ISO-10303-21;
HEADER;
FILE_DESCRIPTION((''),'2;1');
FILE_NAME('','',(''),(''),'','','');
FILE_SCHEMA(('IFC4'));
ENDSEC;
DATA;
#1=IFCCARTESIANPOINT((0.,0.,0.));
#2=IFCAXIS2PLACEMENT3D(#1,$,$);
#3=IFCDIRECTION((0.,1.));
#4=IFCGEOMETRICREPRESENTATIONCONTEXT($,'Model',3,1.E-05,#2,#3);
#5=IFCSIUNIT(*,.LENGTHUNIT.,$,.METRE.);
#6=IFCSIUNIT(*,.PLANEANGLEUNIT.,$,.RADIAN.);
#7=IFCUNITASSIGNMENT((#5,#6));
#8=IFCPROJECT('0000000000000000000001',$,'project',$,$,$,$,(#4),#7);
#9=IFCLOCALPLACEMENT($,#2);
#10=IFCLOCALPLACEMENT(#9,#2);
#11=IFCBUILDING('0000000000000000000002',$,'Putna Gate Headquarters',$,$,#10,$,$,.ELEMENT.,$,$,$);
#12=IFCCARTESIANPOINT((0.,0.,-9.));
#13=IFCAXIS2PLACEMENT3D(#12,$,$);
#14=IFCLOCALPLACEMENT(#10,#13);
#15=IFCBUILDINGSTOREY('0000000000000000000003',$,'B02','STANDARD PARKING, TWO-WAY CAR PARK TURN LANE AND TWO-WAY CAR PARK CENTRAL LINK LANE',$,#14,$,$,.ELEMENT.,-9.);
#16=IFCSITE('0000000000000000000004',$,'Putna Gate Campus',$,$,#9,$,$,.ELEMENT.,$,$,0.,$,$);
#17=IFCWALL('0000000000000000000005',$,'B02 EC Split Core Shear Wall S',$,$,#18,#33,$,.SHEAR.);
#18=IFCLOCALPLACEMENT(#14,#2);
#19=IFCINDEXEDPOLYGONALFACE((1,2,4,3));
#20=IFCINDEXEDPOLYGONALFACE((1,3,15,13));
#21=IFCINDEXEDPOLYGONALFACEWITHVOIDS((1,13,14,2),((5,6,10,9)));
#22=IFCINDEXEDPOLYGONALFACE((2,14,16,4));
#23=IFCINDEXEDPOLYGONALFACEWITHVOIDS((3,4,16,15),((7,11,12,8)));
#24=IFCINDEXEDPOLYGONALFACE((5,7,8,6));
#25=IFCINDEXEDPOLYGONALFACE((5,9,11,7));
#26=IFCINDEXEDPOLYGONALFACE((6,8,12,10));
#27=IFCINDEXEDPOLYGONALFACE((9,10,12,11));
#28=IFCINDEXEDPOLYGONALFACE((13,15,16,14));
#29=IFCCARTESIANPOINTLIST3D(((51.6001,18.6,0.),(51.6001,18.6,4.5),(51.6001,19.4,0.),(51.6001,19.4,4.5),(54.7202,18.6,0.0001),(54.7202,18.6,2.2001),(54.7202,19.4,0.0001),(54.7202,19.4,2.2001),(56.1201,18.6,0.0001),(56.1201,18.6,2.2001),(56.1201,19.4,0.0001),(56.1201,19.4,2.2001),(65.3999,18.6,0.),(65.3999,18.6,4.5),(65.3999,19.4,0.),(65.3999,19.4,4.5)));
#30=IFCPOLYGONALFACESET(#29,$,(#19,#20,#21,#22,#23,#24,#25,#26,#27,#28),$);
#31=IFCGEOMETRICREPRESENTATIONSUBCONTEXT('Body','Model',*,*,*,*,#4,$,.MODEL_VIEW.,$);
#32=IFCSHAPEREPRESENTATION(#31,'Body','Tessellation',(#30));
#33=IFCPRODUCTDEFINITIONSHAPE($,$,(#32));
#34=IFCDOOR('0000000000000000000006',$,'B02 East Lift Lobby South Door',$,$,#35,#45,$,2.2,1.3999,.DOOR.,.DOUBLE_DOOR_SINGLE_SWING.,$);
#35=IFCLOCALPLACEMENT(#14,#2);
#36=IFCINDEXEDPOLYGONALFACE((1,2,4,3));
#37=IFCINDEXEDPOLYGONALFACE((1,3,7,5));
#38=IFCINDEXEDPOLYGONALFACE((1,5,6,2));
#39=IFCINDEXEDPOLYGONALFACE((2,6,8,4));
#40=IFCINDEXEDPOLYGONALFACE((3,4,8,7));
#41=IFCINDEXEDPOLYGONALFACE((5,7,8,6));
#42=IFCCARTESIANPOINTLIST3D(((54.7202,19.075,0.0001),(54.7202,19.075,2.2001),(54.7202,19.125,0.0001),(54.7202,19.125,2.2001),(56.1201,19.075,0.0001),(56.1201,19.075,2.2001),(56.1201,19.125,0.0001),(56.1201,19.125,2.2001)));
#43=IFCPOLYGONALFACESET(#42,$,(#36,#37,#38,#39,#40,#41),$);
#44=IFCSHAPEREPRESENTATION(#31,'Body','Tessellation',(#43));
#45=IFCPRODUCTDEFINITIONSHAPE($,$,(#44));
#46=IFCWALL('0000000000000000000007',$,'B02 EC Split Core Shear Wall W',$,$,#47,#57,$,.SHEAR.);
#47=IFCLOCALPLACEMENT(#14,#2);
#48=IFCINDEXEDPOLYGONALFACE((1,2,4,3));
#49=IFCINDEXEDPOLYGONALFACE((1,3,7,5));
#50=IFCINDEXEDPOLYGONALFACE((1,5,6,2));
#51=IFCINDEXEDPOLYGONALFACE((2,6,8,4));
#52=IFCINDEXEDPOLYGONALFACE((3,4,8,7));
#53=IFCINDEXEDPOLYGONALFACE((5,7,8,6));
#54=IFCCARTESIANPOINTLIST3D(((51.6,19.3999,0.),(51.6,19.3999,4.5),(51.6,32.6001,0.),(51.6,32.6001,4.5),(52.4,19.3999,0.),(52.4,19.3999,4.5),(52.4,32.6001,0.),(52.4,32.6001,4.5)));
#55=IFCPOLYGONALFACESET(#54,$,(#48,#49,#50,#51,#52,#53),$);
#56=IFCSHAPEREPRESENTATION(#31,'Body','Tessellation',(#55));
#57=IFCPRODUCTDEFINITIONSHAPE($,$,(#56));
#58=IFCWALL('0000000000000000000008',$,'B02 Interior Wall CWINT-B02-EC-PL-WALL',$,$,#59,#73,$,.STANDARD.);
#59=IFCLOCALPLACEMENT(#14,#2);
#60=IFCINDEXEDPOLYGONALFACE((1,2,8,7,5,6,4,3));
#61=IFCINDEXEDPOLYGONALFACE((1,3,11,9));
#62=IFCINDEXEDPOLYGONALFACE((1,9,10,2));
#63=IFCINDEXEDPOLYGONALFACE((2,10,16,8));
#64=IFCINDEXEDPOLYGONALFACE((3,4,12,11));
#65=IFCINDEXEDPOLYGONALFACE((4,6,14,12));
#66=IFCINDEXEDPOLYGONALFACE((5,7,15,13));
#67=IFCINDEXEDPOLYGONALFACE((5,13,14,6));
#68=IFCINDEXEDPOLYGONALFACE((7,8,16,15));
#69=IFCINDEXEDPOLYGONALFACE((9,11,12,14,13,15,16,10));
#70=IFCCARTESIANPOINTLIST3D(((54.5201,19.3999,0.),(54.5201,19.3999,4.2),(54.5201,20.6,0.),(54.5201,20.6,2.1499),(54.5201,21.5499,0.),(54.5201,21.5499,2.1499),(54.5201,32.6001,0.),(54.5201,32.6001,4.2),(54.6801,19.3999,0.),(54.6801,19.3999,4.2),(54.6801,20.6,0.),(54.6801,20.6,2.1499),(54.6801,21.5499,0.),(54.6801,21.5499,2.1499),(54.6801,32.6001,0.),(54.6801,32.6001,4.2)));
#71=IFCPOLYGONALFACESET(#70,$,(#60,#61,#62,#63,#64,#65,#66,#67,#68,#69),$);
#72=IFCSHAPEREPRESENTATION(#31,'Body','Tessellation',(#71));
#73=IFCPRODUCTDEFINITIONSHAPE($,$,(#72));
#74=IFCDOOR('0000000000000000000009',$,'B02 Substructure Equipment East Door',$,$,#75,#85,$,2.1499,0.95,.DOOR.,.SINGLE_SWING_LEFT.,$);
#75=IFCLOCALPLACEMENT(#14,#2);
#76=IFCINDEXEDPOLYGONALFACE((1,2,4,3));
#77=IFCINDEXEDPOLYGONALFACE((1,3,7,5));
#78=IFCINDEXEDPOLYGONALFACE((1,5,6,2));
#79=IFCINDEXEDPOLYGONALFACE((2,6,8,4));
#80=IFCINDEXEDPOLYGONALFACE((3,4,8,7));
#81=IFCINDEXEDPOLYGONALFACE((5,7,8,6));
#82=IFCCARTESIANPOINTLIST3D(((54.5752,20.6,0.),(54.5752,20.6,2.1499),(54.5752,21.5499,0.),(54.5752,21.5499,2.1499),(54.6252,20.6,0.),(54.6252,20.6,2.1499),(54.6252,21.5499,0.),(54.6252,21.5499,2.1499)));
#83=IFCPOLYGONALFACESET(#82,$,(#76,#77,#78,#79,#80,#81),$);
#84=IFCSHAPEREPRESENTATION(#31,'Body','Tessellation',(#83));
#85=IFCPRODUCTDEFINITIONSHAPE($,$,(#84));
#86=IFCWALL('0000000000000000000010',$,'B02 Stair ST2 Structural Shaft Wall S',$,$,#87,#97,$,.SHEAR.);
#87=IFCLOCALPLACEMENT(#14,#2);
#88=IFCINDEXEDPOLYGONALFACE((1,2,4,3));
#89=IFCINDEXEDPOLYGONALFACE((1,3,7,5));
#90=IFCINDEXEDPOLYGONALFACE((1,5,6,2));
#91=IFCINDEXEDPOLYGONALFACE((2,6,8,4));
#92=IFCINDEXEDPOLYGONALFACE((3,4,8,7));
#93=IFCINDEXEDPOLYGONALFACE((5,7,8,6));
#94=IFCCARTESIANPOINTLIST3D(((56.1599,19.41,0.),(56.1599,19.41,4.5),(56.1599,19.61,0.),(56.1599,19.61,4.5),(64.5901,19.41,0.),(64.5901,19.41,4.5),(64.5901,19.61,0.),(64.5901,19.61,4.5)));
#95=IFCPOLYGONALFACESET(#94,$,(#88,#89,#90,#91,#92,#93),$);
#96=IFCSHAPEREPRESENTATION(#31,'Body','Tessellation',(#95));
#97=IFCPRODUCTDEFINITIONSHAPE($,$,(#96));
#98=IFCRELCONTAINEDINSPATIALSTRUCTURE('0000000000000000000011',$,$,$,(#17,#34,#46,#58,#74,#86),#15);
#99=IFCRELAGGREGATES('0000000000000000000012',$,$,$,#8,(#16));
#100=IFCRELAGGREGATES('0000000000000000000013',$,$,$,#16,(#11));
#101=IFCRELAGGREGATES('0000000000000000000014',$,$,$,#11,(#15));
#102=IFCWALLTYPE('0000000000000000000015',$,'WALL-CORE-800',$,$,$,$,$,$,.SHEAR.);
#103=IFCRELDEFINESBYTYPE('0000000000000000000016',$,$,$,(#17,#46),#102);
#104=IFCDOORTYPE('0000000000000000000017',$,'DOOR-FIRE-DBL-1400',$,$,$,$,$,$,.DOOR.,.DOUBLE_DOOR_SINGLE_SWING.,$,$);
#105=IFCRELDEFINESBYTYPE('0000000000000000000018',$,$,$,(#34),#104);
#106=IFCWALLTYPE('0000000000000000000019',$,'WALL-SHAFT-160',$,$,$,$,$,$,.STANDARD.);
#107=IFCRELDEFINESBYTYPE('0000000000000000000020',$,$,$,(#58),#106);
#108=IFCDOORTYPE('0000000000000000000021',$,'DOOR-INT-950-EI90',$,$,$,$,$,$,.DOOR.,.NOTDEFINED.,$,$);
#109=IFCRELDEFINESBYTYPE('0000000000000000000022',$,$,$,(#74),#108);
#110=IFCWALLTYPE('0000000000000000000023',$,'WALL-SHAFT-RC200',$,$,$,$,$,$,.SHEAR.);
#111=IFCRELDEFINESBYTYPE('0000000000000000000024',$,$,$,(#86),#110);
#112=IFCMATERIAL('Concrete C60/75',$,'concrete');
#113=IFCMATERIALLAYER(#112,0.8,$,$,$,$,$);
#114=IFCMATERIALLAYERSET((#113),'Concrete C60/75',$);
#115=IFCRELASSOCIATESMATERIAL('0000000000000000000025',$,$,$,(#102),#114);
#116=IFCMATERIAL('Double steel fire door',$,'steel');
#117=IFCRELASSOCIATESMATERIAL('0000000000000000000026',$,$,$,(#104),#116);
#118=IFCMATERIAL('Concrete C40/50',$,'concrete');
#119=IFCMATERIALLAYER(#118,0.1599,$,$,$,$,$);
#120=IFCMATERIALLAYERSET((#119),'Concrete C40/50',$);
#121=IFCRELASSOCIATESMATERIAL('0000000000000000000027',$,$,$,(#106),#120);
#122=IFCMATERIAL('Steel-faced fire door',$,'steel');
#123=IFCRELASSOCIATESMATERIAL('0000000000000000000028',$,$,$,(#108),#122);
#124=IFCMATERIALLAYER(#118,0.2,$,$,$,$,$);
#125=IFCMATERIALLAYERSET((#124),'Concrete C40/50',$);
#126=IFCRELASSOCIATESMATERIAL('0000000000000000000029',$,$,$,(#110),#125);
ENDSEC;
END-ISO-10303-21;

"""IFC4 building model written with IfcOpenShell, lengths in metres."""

from ifc_helpers import new_model, si_unit, direction, frame, frame_2d, origin, place, context, subcontext, project, spatial, rectangle, extrude, material, layer, layer_set, type_object, element, fill, save


model = new_model("IFC4")

# Units and contexts
model_context = context("Model", 3, precision=1e-05, world=origin(), true_north=direction((0.0, 1.0)))
body_context = subcontext(model_context, "Body", "Model", "MODEL_VIEW")
ifc_project = project(units=[si_unit("LENGTHUNIT", "METRE"), si_unit("PLANEANGLEUNIT", "RADIAN")], contexts=[model_context])

# Site, building, storey
site_placement = place(None, origin())
site = spatial("IfcSite", under=ifc_project, at=site_placement, Name="Putna Gate Campus", CompositionType="ELEMENT", RefElevation=0.0)
building_placement = place(site_placement, origin())
building = spatial("IfcBuilding", under=site, at=building_placement, Name="Putna Gate Headquarters", CompositionType="ELEMENT")
storey_placement = place(building_placement, frame((0.0, 0.0, -9.0)))
storey = spatial("IfcBuildingStorey", under=building, at=storey_placement, Name="B02", Description="STANDARD PARKING, TWO-WAY CAR PARK TURN LANE AND TWO-WAY CAR PARK CENTRAL LINK LANE", CompositionType="ELEMENT", Elevation=-9.0)

# Shared definitions
ifc_material_1 = material(Name="Concrete C60/75", Category="concrete")

# Wall, opening, door
ifc_layer_1 = layer(ifc_material_1, 0.8)
ifc_layer_set_1 = layer_set([ifc_layer_1], Name="Concrete C60/75")
wall_type_1 = type_object("IfcWallType", Name="WALL-CORE-800", PredefinedType="SHEAR", material=ifc_layer_set_1)
wall_1_placement = place(storey_placement, frame((51.6001, 19.0, 0.0), z_axis=(0.0, 0.0, 1.0), x_axis=(1.0, 0.0, 0.0)))
wall_1 = element("IfcWall", 1, at=wall_1_placement, inside=storey, type_object=wall_type_1, Name="B02 EC Split Core Shear Wall S", PredefinedType="SHEAR", context=body_context, shape_type="SweptSolid", body=[
    extrude(rectangle(XDim=13.7998, YDim=0.8, at=frame_2d((6.8999, 0.0))), origin(), (0.0, 0.0, 1.0), 4.5),
])
opening_1_placement = place(wall_1_placement, frame((3.1201, 0.0, 0.0)))
opening_1 = element("IfcOpeningElement", 2, at=opening_1_placement, cuts=wall_1, PredefinedType="OPENING", context=body_context, shape_type="SweptSolid", body=[
    extrude(rectangle(XDim=1.3999, YDim=2.2, at=frame_2d((0.7, 1.1001))), frame((0.0, 0.4099, 0.0), z_axis=(0.0, -1.0, 0.0), x_axis=(1.0, 0.0, 0.0)), (0.0, 0.0, 1.0), 0.8201),
])
ifc_material_2 = material(Name="Double steel fire door", Category="steel")
door_type_1 = type_object("IfcDoorType", Name="DOOR-FIRE-DBL-1400", OperationType="DOUBLE_DOOR_SINGLE_SWING", PredefinedType="DOOR", material=ifc_material_2)
door_1_placement = place(opening_1_placement, origin())
door_1 = element("IfcDoor", 3, at=door_1_placement, inside=storey, type_object=door_type_1, Name="B02 East Lift Lobby South Door", OperationType="DOUBLE_DOOR_SINGLE_SWING", OverallHeight=2.2, OverallWidth=1.3999, PredefinedType="DOOR", context=body_context, shape_type="SweptSolid", body=[
    extrude(rectangle(XDim=1.3999, YDim=2.2, at=frame_2d((0.7, 1.1001))), frame((0.0, 0.125, 0.0), z_axis=(0.0, -1.0, 0.0), x_axis=(1.0, 0.0, 0.0)), (0.0, 0.0, 1.0), 0.05),
])
fill(opening_1, door_1)

# Wall
wall_2_placement = place(storey_placement, frame((52.0, 19.3999, 0.0), z_axis=(0.0, 0.0, 1.0), x_axis=(0.0, 1.0, 0.0)))
element("IfcWall", 4, at=wall_2_placement, inside=storey, type_object=wall_type_1, Name="B02 EC Split Core Shear Wall W", PredefinedType="SHEAR", context=body_context, shape_type="SweptSolid", body=[
    extrude(rectangle(XDim=13.2002, YDim=0.8, at=frame_2d((6.6001, 0.0))), origin(), (0.0, 0.0, 1.0), 4.5),
])

# Wall, opening, door
ifc_material_3 = material(Name="Concrete C40/50", Category="concrete")
ifc_layer_2 = layer(ifc_material_3, 0.1599)
ifc_layer_set_2 = layer_set([ifc_layer_2], Name="Concrete C40/50")
wall_type_2 = type_object("IfcWallType", Name="WALL-SHAFT-160", PredefinedType="STANDARD", material=ifc_layer_set_2)
wall_3_placement = place(storey_placement, frame((54.6001, 19.3999, 0.0), z_axis=(0.0, 0.0, 1.0), x_axis=(0.0, 1.0, 0.0)))
wall_3 = element("IfcWall", 5, at=wall_3_placement, inside=storey, type_object=wall_type_2, Name="B02 Interior Wall CWINT-B02-EC-PL-WALL", PredefinedType="STANDARD", context=body_context, shape_type="SweptSolid", body=[
    extrude(rectangle(XDim=13.2002, YDim=0.1599, at=frame_2d((6.6001, 0.0))), origin(), (0.0, 0.0, 1.0), 4.2),
])
opening_2_placement = place(wall_3_placement, frame((1.2, 0.0, 0.0)))
opening_2 = element("IfcOpeningElement", 6, at=opening_2_placement, cuts=wall_3, PredefinedType="OPENING", context=body_context, shape_type="SweptSolid", body=[
    extrude(rectangle(XDim=0.95, YDim=2.1499, at=frame_2d((0.4751, 1.075))), frame((0.0, 0.0898, 0.0), z_axis=(0.0, -1.0, 0.0), x_axis=(1.0, 0.0, 0.0)), (0.0, 0.0, 1.0), 0.1799),
])
ifc_material_4 = material(Name="Steel-faced fire door", Category="steel")
door_type_2 = type_object("IfcDoorType", Name="DOOR-INT-950-EI90", OperationType="NOTDEFINED", PredefinedType="DOOR", material=ifc_material_4)
door_2_placement = place(opening_2_placement, origin())
door_2 = element("IfcDoor", 7, at=door_2_placement, inside=storey, type_object=door_type_2, Name="B02 Substructure Equipment East Door", OperationType="SINGLE_SWING_LEFT", OverallHeight=2.1499, OverallWidth=0.95, PredefinedType="DOOR", context=body_context, shape_type="SweptSolid", body=[
    extrude(rectangle(XDim=0.95, YDim=2.1499, at=frame_2d((0.4751, 1.075))), frame((0.0, 0.0249, 0.0), z_axis=(0.0, -1.0, 0.0), x_axis=(1.0, 0.0, 0.0)), (0.0, 0.0, 1.0), 0.05),
])
fill(opening_2, door_2)

# Wall
ifc_layer_3 = layer(ifc_material_3, 0.2)
ifc_layer_set_3 = layer_set([ifc_layer_3], Name="Concrete C40/50")
wall_type_3 = type_object("IfcWallType", Name="WALL-SHAFT-RC200", PredefinedType="SHEAR", material=ifc_layer_set_3)
wall_4_placement = place(storey_placement, frame((56.1599, 19.51, 0.0), z_axis=(0.0, 0.0, 1.0), x_axis=(1.0, 0.0, 0.0)))
element("IfcWall", 8, at=wall_4_placement, inside=storey, type_object=wall_type_3, Name="B02 Stair ST2 Structural Shaft Wall S", PredefinedType="SHEAR", context=body_context, shape_type="SweptSolid", body=[
    extrude(rectangle(XDim=8.4302, YDim=0.2, at=frame_2d((4.2151, 0.0))), origin(), (0.0, 0.0, 1.0), 4.5),
])

save(model, "model.ifc")
